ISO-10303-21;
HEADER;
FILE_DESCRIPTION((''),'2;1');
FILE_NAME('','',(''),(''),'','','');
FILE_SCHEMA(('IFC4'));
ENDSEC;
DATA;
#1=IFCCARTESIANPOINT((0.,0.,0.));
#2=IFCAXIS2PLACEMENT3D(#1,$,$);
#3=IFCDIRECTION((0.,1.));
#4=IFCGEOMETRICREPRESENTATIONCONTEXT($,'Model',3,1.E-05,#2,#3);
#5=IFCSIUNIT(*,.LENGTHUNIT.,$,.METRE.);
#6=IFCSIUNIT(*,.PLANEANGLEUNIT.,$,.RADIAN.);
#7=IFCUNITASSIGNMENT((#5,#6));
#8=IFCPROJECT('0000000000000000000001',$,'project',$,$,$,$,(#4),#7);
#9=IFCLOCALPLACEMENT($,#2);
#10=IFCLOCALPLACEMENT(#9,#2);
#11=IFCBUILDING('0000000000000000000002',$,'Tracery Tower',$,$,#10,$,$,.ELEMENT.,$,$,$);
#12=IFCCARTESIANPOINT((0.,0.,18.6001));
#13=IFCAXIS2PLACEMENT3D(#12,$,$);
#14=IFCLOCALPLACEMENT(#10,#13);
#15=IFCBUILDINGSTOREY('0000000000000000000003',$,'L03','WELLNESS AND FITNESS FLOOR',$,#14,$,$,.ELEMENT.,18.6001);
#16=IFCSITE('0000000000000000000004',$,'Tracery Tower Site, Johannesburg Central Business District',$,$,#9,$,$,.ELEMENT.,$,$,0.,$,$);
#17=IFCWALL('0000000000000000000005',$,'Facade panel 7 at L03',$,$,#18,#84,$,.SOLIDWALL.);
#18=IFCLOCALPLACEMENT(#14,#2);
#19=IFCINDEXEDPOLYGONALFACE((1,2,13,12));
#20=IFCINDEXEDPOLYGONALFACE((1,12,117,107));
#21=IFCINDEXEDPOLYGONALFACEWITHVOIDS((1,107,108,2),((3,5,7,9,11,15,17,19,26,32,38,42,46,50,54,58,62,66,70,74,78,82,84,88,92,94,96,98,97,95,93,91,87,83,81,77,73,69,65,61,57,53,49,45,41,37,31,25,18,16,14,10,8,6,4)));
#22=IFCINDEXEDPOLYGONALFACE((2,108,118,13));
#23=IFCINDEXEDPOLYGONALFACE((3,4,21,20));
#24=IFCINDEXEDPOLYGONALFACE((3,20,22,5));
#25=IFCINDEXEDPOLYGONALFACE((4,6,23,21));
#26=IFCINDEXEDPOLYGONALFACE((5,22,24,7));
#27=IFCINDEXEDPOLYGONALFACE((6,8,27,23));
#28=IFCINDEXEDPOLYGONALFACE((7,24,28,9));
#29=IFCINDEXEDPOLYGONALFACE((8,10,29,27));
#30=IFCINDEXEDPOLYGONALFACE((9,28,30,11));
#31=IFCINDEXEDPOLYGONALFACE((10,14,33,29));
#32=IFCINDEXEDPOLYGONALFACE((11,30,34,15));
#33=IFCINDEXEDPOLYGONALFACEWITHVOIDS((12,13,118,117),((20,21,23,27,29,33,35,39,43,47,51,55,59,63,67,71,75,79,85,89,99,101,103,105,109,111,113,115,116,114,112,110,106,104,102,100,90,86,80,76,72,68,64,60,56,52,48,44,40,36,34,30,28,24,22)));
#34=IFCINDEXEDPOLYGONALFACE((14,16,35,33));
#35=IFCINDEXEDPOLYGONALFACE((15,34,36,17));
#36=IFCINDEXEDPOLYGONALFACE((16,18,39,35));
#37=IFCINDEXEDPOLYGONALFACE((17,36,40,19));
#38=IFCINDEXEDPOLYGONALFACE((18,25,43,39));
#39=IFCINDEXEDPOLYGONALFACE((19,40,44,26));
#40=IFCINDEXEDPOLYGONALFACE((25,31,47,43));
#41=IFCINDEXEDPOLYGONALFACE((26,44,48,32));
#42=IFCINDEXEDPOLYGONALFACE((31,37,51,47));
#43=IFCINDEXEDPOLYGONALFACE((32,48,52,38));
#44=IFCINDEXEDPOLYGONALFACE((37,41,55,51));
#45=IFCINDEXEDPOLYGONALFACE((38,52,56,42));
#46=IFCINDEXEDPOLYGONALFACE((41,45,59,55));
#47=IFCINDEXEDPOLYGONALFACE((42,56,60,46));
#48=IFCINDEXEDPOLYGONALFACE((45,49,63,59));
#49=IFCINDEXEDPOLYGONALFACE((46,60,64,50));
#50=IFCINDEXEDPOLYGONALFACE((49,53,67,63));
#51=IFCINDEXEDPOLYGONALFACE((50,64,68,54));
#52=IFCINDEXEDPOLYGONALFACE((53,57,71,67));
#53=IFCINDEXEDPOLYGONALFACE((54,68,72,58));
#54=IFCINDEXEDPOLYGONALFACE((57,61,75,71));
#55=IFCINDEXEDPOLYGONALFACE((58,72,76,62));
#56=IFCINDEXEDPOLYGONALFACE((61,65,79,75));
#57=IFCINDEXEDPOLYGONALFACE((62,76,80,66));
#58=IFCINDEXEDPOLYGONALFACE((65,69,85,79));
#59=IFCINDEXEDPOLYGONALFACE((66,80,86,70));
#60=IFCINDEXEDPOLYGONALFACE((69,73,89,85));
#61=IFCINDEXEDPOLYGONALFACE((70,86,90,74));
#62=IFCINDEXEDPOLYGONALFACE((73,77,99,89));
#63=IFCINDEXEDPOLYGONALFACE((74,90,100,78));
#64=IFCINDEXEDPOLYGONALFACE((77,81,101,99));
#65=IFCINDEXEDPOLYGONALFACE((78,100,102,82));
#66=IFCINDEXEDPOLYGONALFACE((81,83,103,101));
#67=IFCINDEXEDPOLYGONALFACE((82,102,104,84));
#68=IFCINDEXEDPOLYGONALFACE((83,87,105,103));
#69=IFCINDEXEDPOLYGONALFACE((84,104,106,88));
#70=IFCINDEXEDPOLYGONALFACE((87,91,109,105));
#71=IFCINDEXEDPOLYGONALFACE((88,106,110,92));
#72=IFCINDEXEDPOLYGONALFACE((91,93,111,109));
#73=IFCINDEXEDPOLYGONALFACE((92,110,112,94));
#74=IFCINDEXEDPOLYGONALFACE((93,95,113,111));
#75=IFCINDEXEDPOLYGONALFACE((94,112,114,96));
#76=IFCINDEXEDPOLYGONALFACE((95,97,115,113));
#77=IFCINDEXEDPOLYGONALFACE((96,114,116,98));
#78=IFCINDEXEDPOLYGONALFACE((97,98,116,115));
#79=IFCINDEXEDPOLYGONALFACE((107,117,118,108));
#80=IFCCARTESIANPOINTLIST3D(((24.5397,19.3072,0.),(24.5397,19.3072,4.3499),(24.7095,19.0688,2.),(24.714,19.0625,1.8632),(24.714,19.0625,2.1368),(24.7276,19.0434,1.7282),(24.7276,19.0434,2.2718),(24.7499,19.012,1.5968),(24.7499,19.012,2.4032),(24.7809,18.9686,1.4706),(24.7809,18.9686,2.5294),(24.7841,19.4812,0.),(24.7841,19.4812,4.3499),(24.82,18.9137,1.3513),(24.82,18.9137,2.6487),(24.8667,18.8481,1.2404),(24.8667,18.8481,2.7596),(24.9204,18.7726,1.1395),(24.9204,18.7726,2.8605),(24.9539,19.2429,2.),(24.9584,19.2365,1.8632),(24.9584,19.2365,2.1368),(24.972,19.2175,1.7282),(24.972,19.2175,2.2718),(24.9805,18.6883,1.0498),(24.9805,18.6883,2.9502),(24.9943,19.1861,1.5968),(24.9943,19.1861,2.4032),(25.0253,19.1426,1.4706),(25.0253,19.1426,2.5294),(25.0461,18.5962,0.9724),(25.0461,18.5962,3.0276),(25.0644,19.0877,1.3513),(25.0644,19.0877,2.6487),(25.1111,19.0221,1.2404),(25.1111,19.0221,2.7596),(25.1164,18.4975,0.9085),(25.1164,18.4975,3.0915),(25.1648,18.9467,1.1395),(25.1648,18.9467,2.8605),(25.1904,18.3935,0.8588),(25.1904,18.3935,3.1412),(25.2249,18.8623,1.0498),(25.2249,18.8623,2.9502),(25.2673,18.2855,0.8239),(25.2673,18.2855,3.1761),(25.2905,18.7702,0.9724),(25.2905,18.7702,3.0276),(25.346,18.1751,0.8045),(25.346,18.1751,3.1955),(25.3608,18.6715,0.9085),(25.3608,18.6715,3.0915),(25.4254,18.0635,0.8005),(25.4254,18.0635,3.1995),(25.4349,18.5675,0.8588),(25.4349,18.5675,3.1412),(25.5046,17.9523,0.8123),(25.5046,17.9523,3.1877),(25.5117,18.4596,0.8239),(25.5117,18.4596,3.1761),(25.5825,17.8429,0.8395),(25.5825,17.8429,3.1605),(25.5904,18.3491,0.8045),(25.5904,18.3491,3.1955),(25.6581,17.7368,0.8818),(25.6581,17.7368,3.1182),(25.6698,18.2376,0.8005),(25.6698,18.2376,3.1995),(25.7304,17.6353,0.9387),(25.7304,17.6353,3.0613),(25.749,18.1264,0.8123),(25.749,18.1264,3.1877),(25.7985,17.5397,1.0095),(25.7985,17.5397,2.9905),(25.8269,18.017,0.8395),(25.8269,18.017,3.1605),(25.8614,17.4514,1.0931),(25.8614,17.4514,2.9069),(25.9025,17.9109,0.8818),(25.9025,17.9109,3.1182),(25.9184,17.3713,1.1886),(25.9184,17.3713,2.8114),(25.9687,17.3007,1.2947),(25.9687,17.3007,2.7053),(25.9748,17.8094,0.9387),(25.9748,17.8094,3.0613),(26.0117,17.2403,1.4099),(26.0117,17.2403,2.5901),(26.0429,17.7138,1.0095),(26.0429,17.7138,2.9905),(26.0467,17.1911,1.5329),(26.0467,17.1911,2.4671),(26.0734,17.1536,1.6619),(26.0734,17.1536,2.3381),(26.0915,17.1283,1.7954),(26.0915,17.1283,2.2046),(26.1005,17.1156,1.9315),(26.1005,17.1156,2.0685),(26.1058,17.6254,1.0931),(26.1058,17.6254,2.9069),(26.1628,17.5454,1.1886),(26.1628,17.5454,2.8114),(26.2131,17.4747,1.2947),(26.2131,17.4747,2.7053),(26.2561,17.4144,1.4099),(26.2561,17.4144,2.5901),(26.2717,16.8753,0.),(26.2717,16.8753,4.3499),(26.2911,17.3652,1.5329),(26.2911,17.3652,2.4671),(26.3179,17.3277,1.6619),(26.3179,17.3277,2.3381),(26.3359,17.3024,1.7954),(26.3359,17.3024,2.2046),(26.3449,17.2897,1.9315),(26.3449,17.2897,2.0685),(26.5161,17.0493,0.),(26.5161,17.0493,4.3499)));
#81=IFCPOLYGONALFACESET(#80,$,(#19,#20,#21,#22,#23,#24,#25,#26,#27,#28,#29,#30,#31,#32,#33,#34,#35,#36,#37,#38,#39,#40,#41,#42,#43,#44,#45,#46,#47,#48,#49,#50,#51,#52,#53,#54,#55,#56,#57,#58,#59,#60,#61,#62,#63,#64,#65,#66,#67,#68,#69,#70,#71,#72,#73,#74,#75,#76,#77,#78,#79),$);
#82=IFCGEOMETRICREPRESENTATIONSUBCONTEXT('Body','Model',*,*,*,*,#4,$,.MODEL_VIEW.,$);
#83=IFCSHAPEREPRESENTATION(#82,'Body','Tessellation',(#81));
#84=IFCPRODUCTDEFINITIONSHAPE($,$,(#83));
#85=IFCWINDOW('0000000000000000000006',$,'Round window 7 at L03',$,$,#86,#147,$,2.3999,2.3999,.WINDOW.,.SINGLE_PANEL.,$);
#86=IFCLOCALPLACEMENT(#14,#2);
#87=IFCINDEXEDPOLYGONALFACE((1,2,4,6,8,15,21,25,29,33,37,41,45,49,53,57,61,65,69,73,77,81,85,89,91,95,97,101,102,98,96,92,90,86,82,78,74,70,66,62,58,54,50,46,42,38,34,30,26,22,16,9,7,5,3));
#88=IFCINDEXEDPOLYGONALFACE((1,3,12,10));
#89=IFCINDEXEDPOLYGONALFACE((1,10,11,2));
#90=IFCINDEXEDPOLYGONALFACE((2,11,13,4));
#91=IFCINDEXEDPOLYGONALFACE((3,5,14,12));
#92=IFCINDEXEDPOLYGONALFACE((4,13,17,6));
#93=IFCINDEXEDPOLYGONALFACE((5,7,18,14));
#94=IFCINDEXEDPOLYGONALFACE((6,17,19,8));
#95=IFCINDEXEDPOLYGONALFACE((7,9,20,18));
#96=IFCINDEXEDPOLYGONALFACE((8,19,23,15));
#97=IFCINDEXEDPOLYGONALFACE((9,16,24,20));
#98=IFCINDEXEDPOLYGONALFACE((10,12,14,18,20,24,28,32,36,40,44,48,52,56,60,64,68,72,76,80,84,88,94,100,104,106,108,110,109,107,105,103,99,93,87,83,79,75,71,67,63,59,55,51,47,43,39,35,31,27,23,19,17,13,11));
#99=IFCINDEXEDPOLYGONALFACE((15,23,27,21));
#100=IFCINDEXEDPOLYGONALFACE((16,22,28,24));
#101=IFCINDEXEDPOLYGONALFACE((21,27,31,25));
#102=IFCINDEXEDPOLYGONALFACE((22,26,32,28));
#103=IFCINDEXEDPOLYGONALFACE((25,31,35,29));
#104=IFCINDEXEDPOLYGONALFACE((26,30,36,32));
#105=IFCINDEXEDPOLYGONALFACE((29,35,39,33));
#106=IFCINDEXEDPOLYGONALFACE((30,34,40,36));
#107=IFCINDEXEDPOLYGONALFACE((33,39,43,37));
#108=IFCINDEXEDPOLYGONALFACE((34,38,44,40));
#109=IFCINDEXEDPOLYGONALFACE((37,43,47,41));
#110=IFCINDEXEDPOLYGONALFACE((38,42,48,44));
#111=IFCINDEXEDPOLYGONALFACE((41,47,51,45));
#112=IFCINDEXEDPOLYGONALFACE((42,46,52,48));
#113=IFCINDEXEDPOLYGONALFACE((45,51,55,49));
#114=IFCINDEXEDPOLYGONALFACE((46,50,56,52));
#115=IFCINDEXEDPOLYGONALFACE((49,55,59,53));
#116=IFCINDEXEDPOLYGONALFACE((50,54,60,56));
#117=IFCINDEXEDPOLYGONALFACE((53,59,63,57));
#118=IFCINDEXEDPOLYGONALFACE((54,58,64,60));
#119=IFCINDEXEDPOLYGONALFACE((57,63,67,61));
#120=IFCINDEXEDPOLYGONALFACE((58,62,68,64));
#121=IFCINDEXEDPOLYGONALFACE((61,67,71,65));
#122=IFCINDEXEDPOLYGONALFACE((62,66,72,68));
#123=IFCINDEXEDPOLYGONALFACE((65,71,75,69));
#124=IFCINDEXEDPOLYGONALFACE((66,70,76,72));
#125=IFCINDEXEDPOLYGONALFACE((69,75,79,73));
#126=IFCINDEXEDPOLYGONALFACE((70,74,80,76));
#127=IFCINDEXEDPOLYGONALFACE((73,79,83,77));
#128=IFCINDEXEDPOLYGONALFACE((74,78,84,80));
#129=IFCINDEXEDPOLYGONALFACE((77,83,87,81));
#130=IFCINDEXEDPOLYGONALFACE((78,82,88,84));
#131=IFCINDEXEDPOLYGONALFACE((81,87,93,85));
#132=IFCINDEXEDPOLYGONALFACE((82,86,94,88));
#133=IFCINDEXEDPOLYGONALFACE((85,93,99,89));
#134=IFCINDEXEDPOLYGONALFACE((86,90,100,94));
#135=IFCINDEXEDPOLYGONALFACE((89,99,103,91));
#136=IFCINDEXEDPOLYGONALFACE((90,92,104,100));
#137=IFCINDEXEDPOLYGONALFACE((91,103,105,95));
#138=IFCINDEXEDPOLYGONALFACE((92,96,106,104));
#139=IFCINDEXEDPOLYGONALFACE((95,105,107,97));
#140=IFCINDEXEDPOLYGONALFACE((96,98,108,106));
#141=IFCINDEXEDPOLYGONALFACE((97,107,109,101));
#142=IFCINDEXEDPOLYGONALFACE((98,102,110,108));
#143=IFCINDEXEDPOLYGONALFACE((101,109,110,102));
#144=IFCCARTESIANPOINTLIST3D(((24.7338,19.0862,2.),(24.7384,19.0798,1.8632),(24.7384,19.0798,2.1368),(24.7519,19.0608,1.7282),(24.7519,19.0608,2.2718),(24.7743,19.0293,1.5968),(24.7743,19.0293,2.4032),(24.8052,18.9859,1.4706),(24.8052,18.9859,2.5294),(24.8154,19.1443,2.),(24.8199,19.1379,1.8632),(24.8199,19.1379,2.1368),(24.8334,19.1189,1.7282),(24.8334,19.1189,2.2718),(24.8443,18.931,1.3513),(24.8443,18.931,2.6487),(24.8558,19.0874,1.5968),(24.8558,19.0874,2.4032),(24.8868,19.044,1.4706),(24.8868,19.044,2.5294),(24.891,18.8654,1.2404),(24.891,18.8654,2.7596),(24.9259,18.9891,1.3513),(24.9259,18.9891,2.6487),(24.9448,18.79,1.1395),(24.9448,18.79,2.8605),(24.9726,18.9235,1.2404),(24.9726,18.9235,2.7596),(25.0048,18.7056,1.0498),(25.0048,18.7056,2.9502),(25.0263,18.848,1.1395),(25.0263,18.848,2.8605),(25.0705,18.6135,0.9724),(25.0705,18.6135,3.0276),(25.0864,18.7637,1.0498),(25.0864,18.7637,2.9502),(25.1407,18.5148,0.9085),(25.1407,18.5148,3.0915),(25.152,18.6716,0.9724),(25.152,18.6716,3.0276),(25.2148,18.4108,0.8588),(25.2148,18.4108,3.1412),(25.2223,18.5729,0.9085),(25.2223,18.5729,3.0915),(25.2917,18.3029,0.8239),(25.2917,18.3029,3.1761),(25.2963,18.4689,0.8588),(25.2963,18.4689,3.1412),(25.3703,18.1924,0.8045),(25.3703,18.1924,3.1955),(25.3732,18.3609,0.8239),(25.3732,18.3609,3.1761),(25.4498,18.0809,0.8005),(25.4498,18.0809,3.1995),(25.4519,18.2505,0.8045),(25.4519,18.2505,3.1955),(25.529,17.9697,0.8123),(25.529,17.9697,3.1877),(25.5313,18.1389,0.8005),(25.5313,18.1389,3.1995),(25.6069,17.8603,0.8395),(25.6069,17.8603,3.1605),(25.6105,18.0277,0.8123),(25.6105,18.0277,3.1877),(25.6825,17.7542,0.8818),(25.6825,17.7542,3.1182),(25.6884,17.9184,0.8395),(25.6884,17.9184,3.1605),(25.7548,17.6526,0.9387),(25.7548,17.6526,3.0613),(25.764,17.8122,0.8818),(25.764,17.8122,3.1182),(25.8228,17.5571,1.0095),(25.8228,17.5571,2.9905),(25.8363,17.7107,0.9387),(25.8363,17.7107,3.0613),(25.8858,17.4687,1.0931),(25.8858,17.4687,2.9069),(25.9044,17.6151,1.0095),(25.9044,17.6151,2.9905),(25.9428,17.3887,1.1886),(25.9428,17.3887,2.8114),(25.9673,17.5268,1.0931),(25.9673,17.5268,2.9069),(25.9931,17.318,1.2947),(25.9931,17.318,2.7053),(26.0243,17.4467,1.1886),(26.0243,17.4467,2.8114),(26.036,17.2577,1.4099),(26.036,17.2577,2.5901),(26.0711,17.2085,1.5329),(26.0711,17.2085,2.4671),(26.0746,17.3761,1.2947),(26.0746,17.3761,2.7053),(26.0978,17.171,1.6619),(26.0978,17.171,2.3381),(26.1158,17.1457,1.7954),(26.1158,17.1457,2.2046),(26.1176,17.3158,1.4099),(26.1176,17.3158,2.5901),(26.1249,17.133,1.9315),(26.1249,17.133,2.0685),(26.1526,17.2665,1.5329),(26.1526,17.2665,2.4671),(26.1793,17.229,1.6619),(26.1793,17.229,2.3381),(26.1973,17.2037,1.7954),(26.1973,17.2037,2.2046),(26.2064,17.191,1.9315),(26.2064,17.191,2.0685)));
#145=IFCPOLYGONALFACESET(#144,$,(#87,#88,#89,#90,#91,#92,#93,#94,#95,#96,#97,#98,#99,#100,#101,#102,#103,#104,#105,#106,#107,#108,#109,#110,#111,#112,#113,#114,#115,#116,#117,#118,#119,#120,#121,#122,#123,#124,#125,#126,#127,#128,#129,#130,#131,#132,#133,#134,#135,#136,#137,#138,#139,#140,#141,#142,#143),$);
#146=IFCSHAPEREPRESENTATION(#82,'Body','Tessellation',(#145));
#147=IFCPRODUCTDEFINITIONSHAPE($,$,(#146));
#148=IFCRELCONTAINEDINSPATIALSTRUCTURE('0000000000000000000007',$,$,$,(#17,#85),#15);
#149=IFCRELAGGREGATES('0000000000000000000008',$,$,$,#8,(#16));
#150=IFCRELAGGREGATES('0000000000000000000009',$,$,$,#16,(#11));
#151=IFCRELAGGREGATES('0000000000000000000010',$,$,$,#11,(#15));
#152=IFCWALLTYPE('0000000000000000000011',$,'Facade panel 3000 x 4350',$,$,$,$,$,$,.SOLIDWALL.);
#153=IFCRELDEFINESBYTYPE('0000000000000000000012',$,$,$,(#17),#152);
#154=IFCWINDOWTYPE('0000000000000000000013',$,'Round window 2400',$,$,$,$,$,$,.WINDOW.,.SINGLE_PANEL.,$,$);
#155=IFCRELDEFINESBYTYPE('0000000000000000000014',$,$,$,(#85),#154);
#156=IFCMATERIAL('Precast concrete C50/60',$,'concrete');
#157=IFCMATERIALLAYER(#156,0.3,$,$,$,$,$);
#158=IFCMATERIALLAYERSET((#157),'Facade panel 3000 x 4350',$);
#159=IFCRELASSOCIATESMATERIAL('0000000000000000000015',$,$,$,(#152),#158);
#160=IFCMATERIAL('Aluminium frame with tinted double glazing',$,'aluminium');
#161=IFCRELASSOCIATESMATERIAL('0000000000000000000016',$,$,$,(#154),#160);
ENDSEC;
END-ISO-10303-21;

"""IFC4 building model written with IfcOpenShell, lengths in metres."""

from ifc_helpers import new_model, si_unit, direction, frame, frame_2d, origin, origin_2d, place, context, subcontext, project, spatial, rectangle, circle, extrude, material, layer, layer_set, type_object, element, fill, save


model = new_model("IFC4")

# Units and contexts
model_context = context("Model", 3, precision=1e-05, world=origin(), true_north=direction((0.0, 1.0)))
body_context = subcontext(model_context, "Body", "Model", "MODEL_VIEW")
ifc_project = project(units=[si_unit("LENGTHUNIT", "METRE"), si_unit("PLANEANGLEUNIT", "RADIAN")], contexts=[model_context])

# Site, building, storey
site_placement = place(None, origin())
site = spatial("IfcSite", under=ifc_project, at=site_placement, Name="Tracery Tower Site, Johannesburg Central Business District", CompositionType="ELEMENT", RefElevation=0.0)
building_placement = place(site_placement, origin())
building = spatial("IfcBuilding", under=site, at=building_placement, Name="Tracery Tower", CompositionType="ELEMENT")
storey_placement = place(building_placement, frame((0.0, 0.0, 18.6001)))
storey = spatial("IfcBuildingStorey", under=building, at=storey_placement, Name="L03", Description="WELLNESS AND FITNESS FLOOR", CompositionType="ELEMENT", Elevation=18.6001)

# Wall, opening, window
ifc_material_1 = material(Name="Precast concrete C50/60", Category="concrete")
ifc_layer_1 = layer(ifc_material_1, 0.3)
ifc_layer_set_1 = layer_set([ifc_layer_1], Name="Facade panel 3000 x 4350")
wall_type_1 = type_object("IfcWallType", Name="Facade panel 3000 x 4350", PredefinedType="SOLIDWALL", material=ifc_layer_set_1)
ifc_material_2 = material(Name="Aluminium frame with tinted double glazing", Category="aluminium")
window_type = type_object("IfcWindowType", Name="Round window 2400", PartitioningType="SINGLE_PANEL", PredefinedType="WINDOW", material=ifc_material_2)
wall_1_placement = place(storey_placement, frame((26.3938, 16.9624, 0.0), z_axis=(0.0, 0.0, 1.0), x_axis=(-0.580101, 0.814545, 0.0)))
wall_1 = element("IfcWall", 1, at=wall_1_placement, inside=storey, type_object=wall_type_1, Name="Facade panel 7 at L03", PredefinedType="SOLIDWALL", context=body_context, shape_type="SweptSolid", body=[
    extrude(rectangle(XDim=2.9856, YDim=0.3, at=frame_2d((1.4927, 0.0))), origin(), (0.0, 0.0, 1.0), 4.3499),
])
opening_1_placement = place(wall_1_placement, frame((1.4929, 0.0, 2.0)))
opening_1 = element("IfcOpeningElement", 2, at=opening_1_placement, cuts=wall_1, PredefinedType="OPENING", context=body_context, shape_type="SweptSolid", body=[
    extrude(circle(Radius=1.2, at=origin_2d()), frame((0.0, 0.1599, 0.0), z_axis=(0.0, -1.0, 0.0), x_axis=(1.0, 0.0, 0.0)), (0.0, 0.0, 1.0), 0.3201),
])
window_1_placement = place(opening_1_placement, origin())
window_1 = element("IfcWindow", 3, at=window_1_placement, inside=storey, type_object=window_type, Name="Round window 7 at L03", OverallHeight=2.3999, OverallWidth=2.3999, PartitioningType="SINGLE_PANEL", PredefinedType="WINDOW", context=body_context, shape_type="SweptSolid", body=[
    extrude(circle(Radius=1.2, at=origin_2d()), frame((0.0, 0.1201, 0.0), z_axis=(0.0, -1.0, 0.0), x_axis=(1.0, 0.0, 0.0)), (0.0, 0.0, 1.0), 0.1001),
])
fill(opening_1, window_1)

save(model, "model.ifc")
